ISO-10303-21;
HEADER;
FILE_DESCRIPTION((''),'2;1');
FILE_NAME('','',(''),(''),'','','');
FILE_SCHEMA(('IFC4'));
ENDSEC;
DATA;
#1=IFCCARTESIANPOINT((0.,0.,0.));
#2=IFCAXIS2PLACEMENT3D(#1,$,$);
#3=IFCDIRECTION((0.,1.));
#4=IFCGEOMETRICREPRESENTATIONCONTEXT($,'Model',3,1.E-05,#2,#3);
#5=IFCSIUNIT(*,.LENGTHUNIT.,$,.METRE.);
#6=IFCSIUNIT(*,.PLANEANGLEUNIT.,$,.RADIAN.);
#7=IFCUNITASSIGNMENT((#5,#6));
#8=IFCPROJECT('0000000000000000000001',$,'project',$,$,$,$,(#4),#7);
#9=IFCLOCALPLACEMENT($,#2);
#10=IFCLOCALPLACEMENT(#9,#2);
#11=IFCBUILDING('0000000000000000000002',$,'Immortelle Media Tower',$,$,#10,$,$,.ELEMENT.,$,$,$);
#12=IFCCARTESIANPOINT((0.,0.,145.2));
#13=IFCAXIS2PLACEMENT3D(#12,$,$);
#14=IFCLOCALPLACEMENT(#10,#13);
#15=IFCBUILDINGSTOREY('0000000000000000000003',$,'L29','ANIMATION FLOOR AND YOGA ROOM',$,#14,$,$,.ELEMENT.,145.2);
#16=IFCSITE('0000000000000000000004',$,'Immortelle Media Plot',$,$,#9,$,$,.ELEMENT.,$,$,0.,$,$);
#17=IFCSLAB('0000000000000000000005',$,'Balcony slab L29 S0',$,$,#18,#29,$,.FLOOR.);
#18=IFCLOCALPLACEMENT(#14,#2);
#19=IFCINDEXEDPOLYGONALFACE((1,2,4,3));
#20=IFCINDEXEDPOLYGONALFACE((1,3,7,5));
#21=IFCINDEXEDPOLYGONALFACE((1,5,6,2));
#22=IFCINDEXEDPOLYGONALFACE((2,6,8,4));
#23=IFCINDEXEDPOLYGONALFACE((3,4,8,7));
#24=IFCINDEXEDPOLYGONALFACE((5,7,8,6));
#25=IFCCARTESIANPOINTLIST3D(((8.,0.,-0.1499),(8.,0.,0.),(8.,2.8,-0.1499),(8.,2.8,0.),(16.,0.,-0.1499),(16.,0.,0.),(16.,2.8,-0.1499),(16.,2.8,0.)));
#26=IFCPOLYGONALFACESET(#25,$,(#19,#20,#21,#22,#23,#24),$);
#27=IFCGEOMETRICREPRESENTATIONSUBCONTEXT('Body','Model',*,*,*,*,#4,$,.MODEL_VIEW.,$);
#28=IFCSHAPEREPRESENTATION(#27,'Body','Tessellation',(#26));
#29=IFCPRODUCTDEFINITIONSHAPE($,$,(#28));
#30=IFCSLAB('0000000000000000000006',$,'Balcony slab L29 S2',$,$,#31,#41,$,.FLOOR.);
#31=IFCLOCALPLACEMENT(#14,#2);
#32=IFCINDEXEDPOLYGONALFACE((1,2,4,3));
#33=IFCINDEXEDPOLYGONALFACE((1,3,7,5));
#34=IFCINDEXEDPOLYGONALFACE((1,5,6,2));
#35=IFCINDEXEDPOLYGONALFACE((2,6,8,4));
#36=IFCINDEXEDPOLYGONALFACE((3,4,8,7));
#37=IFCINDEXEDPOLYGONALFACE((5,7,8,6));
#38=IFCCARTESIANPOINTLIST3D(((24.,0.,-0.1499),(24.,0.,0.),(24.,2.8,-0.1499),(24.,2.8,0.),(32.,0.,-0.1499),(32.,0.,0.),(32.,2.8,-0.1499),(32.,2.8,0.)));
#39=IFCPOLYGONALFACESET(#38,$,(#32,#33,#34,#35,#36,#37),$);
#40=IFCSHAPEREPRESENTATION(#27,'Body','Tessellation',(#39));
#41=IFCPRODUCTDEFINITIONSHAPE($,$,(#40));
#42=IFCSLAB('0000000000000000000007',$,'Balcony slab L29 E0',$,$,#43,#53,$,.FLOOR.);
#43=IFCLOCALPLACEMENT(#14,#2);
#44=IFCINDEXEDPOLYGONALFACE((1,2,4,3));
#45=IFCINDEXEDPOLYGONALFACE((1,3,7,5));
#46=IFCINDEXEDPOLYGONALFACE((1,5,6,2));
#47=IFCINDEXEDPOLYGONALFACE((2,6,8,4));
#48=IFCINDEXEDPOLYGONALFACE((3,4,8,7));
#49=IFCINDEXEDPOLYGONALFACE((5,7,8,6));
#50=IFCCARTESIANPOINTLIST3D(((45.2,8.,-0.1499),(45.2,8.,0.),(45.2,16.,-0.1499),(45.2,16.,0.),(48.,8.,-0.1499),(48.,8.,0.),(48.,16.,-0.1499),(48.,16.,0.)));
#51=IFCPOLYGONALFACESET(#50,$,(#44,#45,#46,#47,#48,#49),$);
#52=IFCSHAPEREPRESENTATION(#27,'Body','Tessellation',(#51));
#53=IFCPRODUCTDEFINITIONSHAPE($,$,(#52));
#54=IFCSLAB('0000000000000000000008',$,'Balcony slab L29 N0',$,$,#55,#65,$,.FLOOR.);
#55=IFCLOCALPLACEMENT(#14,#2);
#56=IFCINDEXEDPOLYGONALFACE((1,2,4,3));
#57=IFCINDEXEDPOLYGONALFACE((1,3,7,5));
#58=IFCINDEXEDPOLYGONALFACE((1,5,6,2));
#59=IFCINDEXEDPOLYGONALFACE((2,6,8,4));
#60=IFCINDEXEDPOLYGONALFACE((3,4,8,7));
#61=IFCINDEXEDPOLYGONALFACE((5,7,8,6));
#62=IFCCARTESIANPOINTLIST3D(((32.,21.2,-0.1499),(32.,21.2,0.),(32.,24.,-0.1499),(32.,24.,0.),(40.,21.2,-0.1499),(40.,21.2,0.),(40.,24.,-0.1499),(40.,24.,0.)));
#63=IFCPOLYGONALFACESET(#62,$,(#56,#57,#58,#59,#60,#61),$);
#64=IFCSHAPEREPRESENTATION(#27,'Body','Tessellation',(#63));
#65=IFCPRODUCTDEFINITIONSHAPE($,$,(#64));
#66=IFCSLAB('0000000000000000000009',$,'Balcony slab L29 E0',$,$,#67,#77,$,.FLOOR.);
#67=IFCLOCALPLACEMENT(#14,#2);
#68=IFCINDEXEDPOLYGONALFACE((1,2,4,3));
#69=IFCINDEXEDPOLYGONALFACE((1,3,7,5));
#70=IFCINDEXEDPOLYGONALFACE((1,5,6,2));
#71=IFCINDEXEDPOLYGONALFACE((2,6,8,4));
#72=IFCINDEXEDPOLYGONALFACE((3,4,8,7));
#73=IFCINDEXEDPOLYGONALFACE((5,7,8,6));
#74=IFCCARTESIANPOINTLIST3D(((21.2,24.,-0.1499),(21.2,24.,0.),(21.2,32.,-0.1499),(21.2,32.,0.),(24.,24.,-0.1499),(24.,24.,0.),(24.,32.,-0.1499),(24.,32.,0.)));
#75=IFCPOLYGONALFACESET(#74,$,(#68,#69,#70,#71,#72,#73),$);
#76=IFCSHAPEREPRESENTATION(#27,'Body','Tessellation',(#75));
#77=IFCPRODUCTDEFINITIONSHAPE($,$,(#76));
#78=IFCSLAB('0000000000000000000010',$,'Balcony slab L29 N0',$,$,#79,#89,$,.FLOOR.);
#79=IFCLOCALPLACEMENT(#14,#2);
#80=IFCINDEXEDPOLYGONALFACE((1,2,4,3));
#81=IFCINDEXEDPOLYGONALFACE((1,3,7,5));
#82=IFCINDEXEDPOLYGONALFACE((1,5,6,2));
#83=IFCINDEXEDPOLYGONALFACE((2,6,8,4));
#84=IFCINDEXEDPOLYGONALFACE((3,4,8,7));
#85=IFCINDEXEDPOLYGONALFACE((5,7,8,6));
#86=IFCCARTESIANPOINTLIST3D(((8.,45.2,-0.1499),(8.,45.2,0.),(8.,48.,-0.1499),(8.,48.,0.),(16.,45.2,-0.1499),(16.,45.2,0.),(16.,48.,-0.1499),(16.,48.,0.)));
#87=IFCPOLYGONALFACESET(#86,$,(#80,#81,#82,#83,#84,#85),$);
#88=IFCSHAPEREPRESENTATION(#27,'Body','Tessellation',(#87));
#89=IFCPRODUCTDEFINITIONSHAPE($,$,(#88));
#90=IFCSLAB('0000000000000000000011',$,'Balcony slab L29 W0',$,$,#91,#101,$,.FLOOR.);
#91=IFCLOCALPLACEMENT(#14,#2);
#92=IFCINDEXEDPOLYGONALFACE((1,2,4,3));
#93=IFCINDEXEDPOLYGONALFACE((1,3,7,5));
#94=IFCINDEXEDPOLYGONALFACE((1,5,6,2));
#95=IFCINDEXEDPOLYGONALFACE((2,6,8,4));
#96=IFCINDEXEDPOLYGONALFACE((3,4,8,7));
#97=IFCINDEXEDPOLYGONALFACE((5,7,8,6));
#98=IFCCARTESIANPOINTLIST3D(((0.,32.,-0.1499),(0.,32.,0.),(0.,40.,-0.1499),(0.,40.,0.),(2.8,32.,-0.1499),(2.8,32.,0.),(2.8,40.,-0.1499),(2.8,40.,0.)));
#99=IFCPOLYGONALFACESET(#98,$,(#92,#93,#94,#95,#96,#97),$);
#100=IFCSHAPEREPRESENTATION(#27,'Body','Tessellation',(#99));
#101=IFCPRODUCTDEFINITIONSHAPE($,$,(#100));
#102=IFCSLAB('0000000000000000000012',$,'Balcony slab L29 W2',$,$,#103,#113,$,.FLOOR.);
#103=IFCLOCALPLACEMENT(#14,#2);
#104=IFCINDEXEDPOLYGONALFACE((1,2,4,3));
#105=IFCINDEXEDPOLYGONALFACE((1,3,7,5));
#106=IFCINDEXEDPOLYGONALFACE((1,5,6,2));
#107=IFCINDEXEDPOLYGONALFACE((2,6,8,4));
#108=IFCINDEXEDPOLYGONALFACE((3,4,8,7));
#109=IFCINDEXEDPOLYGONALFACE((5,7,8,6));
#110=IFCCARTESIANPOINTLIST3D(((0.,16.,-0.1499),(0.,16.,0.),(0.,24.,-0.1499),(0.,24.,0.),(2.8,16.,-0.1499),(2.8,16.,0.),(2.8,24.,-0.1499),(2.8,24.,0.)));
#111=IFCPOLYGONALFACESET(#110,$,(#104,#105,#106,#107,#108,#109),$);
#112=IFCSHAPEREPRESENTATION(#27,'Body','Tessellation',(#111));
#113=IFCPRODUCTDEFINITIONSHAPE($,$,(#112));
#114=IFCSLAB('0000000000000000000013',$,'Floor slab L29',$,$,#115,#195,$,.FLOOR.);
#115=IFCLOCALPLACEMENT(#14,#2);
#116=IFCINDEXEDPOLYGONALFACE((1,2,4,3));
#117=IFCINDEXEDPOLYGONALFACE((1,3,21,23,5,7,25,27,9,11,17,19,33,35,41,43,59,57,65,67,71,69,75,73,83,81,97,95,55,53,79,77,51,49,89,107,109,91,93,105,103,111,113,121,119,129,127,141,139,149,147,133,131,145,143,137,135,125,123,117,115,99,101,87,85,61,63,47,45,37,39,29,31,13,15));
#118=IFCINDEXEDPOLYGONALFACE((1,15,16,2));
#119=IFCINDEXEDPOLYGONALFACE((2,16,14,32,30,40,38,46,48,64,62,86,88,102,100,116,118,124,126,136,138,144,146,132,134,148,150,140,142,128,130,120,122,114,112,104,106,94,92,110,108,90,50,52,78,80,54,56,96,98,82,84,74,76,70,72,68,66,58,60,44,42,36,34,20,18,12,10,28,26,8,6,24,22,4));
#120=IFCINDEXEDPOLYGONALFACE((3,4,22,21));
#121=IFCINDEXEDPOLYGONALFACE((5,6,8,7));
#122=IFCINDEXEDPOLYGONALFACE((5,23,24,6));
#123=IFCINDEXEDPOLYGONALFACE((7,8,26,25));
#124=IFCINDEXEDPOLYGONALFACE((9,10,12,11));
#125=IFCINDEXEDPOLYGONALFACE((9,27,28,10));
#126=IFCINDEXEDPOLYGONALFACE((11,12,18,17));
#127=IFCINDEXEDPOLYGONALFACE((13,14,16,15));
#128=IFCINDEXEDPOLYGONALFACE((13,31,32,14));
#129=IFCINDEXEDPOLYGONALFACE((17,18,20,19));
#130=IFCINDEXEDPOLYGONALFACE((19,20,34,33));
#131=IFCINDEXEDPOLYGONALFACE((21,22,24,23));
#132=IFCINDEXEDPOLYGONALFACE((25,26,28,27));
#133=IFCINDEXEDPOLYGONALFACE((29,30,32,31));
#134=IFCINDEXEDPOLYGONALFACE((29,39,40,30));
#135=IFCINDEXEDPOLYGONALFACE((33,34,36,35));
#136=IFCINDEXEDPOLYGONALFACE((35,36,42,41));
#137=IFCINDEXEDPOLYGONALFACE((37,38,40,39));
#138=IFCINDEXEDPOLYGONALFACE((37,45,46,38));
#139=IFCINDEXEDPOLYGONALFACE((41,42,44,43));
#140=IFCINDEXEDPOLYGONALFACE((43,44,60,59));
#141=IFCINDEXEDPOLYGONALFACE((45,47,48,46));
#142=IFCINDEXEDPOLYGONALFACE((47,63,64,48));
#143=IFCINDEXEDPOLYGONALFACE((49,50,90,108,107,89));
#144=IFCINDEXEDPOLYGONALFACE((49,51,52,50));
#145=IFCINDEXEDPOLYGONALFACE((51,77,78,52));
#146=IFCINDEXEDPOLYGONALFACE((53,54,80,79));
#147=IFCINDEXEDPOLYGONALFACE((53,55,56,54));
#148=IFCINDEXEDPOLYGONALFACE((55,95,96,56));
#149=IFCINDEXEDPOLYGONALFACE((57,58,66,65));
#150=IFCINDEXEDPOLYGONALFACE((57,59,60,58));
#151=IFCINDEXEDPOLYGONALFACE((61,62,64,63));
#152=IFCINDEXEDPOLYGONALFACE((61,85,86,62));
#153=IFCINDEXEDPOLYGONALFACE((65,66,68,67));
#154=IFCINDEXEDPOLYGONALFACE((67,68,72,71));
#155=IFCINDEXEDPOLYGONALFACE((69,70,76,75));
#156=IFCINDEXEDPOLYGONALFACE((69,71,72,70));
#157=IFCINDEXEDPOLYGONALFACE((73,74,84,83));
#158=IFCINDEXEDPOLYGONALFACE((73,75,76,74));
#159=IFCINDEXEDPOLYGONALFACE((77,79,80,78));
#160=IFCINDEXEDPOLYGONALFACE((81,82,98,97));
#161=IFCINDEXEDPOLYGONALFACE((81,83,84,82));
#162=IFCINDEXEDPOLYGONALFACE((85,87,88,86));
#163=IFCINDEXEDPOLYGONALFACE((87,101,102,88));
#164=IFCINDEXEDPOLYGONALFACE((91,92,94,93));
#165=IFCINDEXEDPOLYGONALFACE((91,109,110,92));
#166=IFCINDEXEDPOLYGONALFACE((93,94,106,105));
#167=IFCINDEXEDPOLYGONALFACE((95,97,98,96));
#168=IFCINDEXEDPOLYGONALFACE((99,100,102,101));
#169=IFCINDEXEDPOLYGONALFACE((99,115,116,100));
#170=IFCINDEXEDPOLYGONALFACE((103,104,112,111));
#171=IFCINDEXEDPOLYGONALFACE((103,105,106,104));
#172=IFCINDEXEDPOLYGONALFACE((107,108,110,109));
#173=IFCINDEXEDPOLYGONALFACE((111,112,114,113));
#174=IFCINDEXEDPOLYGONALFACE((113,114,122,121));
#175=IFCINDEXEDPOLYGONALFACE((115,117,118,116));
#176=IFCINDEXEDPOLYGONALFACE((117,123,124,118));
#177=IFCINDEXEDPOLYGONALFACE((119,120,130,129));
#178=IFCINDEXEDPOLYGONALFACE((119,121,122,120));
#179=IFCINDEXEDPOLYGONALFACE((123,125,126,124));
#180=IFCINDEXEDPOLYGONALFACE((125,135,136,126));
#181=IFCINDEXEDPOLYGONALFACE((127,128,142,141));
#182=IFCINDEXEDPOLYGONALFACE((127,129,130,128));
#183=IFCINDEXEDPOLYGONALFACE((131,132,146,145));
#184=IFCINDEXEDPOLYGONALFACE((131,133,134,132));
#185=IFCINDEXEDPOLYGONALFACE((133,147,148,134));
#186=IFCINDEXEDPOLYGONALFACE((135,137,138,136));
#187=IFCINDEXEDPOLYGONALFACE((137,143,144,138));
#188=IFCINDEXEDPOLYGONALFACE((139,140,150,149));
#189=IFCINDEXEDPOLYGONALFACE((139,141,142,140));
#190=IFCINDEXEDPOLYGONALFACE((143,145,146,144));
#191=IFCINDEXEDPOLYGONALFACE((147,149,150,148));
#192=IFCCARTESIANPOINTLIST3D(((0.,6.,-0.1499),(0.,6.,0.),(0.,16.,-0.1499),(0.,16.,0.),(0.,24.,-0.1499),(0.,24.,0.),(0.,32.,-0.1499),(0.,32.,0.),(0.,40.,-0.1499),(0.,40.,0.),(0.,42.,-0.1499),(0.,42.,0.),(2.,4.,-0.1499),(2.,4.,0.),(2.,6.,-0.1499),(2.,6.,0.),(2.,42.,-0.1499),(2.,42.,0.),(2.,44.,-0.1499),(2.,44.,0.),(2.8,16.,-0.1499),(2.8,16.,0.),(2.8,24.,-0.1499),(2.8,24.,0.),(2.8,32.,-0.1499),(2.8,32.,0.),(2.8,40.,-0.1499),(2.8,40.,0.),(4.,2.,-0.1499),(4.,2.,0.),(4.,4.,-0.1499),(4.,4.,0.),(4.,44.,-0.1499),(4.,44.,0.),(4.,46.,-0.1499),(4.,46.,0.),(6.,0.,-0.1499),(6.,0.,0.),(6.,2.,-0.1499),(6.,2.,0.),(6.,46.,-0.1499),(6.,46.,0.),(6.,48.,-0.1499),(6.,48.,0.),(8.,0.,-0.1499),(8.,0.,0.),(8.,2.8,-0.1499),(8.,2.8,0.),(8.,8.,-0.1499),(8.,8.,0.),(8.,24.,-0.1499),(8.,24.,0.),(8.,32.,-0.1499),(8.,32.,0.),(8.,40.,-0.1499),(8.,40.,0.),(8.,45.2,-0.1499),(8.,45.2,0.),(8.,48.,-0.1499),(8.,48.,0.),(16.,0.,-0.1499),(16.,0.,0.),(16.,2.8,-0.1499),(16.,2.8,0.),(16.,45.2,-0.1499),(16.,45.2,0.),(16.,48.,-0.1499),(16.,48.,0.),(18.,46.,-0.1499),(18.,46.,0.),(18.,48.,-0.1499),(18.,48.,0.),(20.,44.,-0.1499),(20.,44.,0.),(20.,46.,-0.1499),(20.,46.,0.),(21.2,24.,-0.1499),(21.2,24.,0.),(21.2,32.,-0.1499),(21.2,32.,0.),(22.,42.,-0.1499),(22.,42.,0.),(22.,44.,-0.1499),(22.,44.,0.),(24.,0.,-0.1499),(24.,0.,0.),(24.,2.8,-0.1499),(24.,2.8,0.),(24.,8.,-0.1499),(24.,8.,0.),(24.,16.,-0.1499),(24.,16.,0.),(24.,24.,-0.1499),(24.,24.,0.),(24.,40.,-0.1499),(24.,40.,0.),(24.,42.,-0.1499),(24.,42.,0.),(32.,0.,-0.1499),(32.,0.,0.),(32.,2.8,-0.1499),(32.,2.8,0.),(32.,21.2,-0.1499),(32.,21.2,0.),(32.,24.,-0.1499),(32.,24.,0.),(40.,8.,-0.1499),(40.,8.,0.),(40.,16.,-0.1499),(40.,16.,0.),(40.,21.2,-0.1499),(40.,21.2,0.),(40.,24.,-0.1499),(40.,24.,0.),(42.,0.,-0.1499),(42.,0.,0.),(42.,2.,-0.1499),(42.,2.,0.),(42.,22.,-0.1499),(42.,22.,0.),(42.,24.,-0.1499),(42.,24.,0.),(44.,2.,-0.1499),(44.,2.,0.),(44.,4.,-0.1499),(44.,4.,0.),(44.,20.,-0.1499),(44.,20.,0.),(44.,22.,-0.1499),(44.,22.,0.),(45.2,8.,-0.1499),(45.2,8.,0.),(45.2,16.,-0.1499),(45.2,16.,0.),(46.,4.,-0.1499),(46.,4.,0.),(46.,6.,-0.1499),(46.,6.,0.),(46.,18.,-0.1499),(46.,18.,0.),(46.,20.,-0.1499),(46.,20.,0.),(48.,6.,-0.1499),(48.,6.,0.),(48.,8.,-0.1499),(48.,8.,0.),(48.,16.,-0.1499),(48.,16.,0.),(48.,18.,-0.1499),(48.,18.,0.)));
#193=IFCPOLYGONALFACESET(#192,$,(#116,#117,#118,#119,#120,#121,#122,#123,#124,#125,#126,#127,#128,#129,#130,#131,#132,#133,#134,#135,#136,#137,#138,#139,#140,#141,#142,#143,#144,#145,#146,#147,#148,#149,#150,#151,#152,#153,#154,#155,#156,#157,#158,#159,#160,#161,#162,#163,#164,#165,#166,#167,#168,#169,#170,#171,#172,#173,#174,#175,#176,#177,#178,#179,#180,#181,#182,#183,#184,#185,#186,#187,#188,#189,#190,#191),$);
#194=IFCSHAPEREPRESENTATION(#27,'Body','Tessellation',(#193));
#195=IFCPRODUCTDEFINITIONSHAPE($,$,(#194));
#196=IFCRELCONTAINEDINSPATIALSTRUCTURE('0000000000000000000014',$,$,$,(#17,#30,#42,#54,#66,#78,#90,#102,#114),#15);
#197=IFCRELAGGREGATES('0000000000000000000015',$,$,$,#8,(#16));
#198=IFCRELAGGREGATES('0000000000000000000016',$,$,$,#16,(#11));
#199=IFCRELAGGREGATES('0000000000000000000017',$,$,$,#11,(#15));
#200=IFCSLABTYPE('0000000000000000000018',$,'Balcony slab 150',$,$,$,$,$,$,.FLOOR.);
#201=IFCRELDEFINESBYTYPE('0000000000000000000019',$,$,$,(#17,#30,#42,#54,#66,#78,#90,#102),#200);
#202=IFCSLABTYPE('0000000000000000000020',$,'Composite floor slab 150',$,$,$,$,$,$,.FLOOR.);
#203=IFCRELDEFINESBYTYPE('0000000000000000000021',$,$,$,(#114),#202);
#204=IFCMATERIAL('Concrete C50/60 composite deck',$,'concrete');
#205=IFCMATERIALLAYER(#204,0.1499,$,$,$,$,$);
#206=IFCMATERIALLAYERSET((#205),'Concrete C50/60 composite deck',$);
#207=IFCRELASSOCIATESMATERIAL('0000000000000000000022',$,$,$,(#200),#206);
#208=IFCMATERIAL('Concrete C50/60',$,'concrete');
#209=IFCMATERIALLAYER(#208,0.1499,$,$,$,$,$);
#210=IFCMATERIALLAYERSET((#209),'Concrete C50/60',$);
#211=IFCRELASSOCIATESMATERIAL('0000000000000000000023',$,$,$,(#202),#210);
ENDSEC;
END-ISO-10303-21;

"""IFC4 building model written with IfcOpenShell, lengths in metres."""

from ifc_helpers import new_model, si_unit, direction, frame, origin, place, context, subcontext, project, spatial, polyline, outline, extrude, material, layer, layer_set, type_object, element, save


model = new_model("IFC4")

# Units and contexts
model_context = context("Model", 3, precision=1e-05, world=origin(), true_north=direction((0.0, 1.0)))
body_context = subcontext(model_context, "Body", "Model", "MODEL_VIEW")
ifc_project = project(units=[si_unit("LENGTHUNIT", "METRE"), si_unit("PLANEANGLEUNIT", "RADIAN")], contexts=[model_context])

# Site, building, storey
site_placement = place(None, origin())
site = spatial("IfcSite", under=ifc_project, at=site_placement, Name="Immortelle Media Plot", CompositionType="ELEMENT", RefElevation=0.0)
building_placement = place(site_placement, origin())
building = spatial("IfcBuilding", under=site, at=building_placement, Name="Immortelle Media Tower", CompositionType="ELEMENT")
storey_placement = place(building_placement, frame((0.0, 0.0, 145.2)))
storey = spatial("IfcBuildingStorey", under=building, at=storey_placement, Name="L29", Description="ANIMATION FLOOR AND YOGA ROOM", CompositionType="ELEMENT", Elevation=145.2)

# Slabs
ifc_material_1 = material(Name="Concrete C50/60 composite deck", Category="concrete")
ifc_layer_1 = layer(ifc_material_1, 0.1499)
ifc_layer_set_1 = layer_set([ifc_layer_1], Name="Concrete C50/60 composite deck")
slab_type_1 = type_object("IfcSlabType", Name="Balcony slab 150", PredefinedType="FLOOR", material=ifc_layer_set_1)
slab_1_placement = place(storey_placement, frame((0.0, 0.0, -0.1499)))
element("IfcSlab", 1, at=slab_1_placement, inside=storey, type_object=slab_type_1, Name="Balcony slab L29 S0", PredefinedType="FLOOR", context=body_context, shape_type="SweptSolid", body=[
    extrude(outline(polyline([(16.0, 0.0), (16.0, 2.8), (8.0, 2.8), (8.0, 0.0), (16.0, 0.0)])), origin(), (0.0, 0.0, 1.0), 0.1499),
])
slab_2_placement = place(storey_placement, frame((0.0, 0.0, -0.1499)))
element("IfcSlab", 2, at=slab_2_placement, inside=storey, type_object=slab_type_1, Name="Balcony slab L29 S2", PredefinedType="FLOOR", context=body_context, shape_type="SweptSolid", body=[
    extrude(outline(polyline([(32.0, 0.0), (32.0, 2.8), (24.0, 2.8), (24.0, 0.0), (32.0, 0.0)])), origin(), (0.0, 0.0, 1.0), 0.1499),
])
slab_3_placement = place(storey_placement, frame((0.0, 0.0, -0.1499)))
element("IfcSlab", 3, at=slab_3_placement, inside=storey, type_object=slab_type_1, Name="Balcony slab L29 E0", PredefinedType="FLOOR", context=body_context, shape_type="SweptSolid", body=[
    extrude(outline(polyline([(48.0, 8.0), (48.0, 16.0), (45.2, 16.0), (45.2, 8.0), (48.0, 8.0)])), origin(), (0.0, 0.0, 1.0), 0.1499),
])
slab_4_placement = place(storey_placement, frame((0.0, 0.0, -0.1499)))
element("IfcSlab", 4, at=slab_4_placement, inside=storey, type_object=slab_type_1, Name="Balcony slab L29 N0", PredefinedType="FLOOR", context=body_context, shape_type="SweptSolid", body=[
    extrude(outline(polyline([(40.0, 21.2), (40.0, 24.0), (32.0, 24.0), (32.0, 21.2), (40.0, 21.2)])), origin(), (0.0, 0.0, 1.0), 0.1499),
])
slab_5_placement = place(storey_placement, frame((0.0, 0.0, -0.1499)))
element("IfcSlab", 5, at=slab_5_placement, inside=storey, type_object=slab_type_1, Name="Balcony slab L29 E0", PredefinedType="FLOOR", context=body_context, shape_type="SweptSolid", body=[
    extrude(outline(polyline([(24.0, 24.0), (24.0, 32.0), (21.2, 32.0), (21.2, 24.0), (24.0, 24.0)])), origin(), (0.0, 0.0, 1.0), 0.1499),
])
slab_6_placement = place(storey_placement, frame((0.0, 0.0, -0.1499)))
element("IfcSlab", 6, at=slab_6_placement, inside=storey, type_object=slab_type_1, Name="Balcony slab L29 N0", PredefinedType="FLOOR", context=body_context, shape_type="SweptSolid", body=[
    extrude(outline(polyline([(16.0, 45.2), (16.0, 48.0), (8.0, 48.0), (8.0, 45.2), (16.0, 45.2)])), origin(), (0.0, 0.0, 1.0), 0.1499),
])
slab_7_placement = place(storey_placement, frame((0.0, 0.0, -0.1499)))
element("IfcSlab", 7, at=slab_7_placement, inside=storey, type_object=slab_type_1, Name="Balcony slab L29 W0", PredefinedType="FLOOR", context=body_context, shape_type="SweptSolid", body=[
    extrude(outline(polyline([(2.8, 32.0), (2.8, 40.0), (0.0, 40.0), (0.0, 32.0), (2.8, 32.0)])), origin(), (0.0, 0.0, 1.0), 0.1499),
])
slab_8_placement = place(storey_placement, frame((0.0, 0.0, -0.1499)))
element("IfcSlab", 8, at=slab_8_placement, inside=storey, type_object=slab_type_1, Name="Balcony slab L29 W2", PredefinedType="FLOOR", context=body_context, shape_type="SweptSolid", body=[
    extrude(outline(polyline([(2.8, 16.0), (2.8, 24.0), (0.0, 24.0), (0.0, 16.0), (2.8, 16.0)])), origin(), (0.0, 0.0, 1.0), 0.1499),
])
ifc_material_2 = material(Name="Concrete C50/60", Category="concrete")
ifc_layer_2 = layer(ifc_material_2, 0.1499)
ifc_layer_set_2 = layer_set([ifc_layer_2], Name="Concrete C50/60")
slab_type_2 = type_object("IfcSlabType", Name="Composite floor slab 150", PredefinedType="FLOOR", material=ifc_layer_set_2)
slab_9_placement = place(storey_placement, frame((0.0, 0.0, -0.1499)))
element("IfcSlab", 9, at=slab_9_placement, inside=storey, type_object=slab_type_2, Name="Floor slab L29", PredefinedType="FLOOR", context=body_context, shape_type="SweptSolid", body=[
    extrude(outline(polyline([(6.0, 0.0), (6.0, 2.0), (4.0, 2.0), (4.0, 4.0), (2.0, 4.0), (2.0, 6.0), (0.0, 6.0), (0.0, 16.0), (2.8, 16.0), (2.8, 24.0), (0.0, 24.0), (0.0, 32.0), (2.8, 32.0), (2.8, 40.0), (0.0, 40.0), (0.0, 42.0), (2.0, 42.0), (2.0, 44.0), (4.0, 44.0), (4.0, 46.0), (6.0, 46.0), (6.0, 48.0), (8.0, 48.0), (8.0, 45.2), (16.0, 45.2), (16.0, 48.0), (18.0, 48.0), (18.0, 46.0), (20.0, 46.0), (20.0, 44.0), (22.0, 44.0), (22.0, 42.0), (24.0, 42.0), (24.0, 40.0), (8.0, 40.0), (8.0, 32.0), (21.2, 32.0), (21.2, 24.0), (8.0, 24.0), (8.0, 8.0), (24.0, 8.0), (40.0, 8.0), (40.0, 16.0), (24.0, 16.0), (24.0, 24.0), (32.0, 24.0), (32.0, 21.2), (40.0, 21.2), (40.0, 24.0), (42.0, 24.0), (42.0, 22.0), (44.0, 22.0), (44.0, 20.0), (46.0, 20.0), (46.0, 18.0), (48.0, 18.0), (48.0, 16.0), (45.2, 16.0), (45.2, 8.0), (48.0, 8.0), (48.0, 6.0), (46.0, 6.0), (46.0, 4.0), (44.0, 4.0), (44.0, 2.0), (42.0, 2.0), (42.0, 0.0), (32.0, 0.0), (32.0, 2.8), (24.0, 2.8), (24.0, 0.0), (16.0, 0.0), (16.0, 2.8), (8.0, 2.8), (8.0, 0.0), (6.0, 0.0)])), origin(), (0.0, 0.0, 1.0), 0.1499),
])

save(model, "model.ifc")
